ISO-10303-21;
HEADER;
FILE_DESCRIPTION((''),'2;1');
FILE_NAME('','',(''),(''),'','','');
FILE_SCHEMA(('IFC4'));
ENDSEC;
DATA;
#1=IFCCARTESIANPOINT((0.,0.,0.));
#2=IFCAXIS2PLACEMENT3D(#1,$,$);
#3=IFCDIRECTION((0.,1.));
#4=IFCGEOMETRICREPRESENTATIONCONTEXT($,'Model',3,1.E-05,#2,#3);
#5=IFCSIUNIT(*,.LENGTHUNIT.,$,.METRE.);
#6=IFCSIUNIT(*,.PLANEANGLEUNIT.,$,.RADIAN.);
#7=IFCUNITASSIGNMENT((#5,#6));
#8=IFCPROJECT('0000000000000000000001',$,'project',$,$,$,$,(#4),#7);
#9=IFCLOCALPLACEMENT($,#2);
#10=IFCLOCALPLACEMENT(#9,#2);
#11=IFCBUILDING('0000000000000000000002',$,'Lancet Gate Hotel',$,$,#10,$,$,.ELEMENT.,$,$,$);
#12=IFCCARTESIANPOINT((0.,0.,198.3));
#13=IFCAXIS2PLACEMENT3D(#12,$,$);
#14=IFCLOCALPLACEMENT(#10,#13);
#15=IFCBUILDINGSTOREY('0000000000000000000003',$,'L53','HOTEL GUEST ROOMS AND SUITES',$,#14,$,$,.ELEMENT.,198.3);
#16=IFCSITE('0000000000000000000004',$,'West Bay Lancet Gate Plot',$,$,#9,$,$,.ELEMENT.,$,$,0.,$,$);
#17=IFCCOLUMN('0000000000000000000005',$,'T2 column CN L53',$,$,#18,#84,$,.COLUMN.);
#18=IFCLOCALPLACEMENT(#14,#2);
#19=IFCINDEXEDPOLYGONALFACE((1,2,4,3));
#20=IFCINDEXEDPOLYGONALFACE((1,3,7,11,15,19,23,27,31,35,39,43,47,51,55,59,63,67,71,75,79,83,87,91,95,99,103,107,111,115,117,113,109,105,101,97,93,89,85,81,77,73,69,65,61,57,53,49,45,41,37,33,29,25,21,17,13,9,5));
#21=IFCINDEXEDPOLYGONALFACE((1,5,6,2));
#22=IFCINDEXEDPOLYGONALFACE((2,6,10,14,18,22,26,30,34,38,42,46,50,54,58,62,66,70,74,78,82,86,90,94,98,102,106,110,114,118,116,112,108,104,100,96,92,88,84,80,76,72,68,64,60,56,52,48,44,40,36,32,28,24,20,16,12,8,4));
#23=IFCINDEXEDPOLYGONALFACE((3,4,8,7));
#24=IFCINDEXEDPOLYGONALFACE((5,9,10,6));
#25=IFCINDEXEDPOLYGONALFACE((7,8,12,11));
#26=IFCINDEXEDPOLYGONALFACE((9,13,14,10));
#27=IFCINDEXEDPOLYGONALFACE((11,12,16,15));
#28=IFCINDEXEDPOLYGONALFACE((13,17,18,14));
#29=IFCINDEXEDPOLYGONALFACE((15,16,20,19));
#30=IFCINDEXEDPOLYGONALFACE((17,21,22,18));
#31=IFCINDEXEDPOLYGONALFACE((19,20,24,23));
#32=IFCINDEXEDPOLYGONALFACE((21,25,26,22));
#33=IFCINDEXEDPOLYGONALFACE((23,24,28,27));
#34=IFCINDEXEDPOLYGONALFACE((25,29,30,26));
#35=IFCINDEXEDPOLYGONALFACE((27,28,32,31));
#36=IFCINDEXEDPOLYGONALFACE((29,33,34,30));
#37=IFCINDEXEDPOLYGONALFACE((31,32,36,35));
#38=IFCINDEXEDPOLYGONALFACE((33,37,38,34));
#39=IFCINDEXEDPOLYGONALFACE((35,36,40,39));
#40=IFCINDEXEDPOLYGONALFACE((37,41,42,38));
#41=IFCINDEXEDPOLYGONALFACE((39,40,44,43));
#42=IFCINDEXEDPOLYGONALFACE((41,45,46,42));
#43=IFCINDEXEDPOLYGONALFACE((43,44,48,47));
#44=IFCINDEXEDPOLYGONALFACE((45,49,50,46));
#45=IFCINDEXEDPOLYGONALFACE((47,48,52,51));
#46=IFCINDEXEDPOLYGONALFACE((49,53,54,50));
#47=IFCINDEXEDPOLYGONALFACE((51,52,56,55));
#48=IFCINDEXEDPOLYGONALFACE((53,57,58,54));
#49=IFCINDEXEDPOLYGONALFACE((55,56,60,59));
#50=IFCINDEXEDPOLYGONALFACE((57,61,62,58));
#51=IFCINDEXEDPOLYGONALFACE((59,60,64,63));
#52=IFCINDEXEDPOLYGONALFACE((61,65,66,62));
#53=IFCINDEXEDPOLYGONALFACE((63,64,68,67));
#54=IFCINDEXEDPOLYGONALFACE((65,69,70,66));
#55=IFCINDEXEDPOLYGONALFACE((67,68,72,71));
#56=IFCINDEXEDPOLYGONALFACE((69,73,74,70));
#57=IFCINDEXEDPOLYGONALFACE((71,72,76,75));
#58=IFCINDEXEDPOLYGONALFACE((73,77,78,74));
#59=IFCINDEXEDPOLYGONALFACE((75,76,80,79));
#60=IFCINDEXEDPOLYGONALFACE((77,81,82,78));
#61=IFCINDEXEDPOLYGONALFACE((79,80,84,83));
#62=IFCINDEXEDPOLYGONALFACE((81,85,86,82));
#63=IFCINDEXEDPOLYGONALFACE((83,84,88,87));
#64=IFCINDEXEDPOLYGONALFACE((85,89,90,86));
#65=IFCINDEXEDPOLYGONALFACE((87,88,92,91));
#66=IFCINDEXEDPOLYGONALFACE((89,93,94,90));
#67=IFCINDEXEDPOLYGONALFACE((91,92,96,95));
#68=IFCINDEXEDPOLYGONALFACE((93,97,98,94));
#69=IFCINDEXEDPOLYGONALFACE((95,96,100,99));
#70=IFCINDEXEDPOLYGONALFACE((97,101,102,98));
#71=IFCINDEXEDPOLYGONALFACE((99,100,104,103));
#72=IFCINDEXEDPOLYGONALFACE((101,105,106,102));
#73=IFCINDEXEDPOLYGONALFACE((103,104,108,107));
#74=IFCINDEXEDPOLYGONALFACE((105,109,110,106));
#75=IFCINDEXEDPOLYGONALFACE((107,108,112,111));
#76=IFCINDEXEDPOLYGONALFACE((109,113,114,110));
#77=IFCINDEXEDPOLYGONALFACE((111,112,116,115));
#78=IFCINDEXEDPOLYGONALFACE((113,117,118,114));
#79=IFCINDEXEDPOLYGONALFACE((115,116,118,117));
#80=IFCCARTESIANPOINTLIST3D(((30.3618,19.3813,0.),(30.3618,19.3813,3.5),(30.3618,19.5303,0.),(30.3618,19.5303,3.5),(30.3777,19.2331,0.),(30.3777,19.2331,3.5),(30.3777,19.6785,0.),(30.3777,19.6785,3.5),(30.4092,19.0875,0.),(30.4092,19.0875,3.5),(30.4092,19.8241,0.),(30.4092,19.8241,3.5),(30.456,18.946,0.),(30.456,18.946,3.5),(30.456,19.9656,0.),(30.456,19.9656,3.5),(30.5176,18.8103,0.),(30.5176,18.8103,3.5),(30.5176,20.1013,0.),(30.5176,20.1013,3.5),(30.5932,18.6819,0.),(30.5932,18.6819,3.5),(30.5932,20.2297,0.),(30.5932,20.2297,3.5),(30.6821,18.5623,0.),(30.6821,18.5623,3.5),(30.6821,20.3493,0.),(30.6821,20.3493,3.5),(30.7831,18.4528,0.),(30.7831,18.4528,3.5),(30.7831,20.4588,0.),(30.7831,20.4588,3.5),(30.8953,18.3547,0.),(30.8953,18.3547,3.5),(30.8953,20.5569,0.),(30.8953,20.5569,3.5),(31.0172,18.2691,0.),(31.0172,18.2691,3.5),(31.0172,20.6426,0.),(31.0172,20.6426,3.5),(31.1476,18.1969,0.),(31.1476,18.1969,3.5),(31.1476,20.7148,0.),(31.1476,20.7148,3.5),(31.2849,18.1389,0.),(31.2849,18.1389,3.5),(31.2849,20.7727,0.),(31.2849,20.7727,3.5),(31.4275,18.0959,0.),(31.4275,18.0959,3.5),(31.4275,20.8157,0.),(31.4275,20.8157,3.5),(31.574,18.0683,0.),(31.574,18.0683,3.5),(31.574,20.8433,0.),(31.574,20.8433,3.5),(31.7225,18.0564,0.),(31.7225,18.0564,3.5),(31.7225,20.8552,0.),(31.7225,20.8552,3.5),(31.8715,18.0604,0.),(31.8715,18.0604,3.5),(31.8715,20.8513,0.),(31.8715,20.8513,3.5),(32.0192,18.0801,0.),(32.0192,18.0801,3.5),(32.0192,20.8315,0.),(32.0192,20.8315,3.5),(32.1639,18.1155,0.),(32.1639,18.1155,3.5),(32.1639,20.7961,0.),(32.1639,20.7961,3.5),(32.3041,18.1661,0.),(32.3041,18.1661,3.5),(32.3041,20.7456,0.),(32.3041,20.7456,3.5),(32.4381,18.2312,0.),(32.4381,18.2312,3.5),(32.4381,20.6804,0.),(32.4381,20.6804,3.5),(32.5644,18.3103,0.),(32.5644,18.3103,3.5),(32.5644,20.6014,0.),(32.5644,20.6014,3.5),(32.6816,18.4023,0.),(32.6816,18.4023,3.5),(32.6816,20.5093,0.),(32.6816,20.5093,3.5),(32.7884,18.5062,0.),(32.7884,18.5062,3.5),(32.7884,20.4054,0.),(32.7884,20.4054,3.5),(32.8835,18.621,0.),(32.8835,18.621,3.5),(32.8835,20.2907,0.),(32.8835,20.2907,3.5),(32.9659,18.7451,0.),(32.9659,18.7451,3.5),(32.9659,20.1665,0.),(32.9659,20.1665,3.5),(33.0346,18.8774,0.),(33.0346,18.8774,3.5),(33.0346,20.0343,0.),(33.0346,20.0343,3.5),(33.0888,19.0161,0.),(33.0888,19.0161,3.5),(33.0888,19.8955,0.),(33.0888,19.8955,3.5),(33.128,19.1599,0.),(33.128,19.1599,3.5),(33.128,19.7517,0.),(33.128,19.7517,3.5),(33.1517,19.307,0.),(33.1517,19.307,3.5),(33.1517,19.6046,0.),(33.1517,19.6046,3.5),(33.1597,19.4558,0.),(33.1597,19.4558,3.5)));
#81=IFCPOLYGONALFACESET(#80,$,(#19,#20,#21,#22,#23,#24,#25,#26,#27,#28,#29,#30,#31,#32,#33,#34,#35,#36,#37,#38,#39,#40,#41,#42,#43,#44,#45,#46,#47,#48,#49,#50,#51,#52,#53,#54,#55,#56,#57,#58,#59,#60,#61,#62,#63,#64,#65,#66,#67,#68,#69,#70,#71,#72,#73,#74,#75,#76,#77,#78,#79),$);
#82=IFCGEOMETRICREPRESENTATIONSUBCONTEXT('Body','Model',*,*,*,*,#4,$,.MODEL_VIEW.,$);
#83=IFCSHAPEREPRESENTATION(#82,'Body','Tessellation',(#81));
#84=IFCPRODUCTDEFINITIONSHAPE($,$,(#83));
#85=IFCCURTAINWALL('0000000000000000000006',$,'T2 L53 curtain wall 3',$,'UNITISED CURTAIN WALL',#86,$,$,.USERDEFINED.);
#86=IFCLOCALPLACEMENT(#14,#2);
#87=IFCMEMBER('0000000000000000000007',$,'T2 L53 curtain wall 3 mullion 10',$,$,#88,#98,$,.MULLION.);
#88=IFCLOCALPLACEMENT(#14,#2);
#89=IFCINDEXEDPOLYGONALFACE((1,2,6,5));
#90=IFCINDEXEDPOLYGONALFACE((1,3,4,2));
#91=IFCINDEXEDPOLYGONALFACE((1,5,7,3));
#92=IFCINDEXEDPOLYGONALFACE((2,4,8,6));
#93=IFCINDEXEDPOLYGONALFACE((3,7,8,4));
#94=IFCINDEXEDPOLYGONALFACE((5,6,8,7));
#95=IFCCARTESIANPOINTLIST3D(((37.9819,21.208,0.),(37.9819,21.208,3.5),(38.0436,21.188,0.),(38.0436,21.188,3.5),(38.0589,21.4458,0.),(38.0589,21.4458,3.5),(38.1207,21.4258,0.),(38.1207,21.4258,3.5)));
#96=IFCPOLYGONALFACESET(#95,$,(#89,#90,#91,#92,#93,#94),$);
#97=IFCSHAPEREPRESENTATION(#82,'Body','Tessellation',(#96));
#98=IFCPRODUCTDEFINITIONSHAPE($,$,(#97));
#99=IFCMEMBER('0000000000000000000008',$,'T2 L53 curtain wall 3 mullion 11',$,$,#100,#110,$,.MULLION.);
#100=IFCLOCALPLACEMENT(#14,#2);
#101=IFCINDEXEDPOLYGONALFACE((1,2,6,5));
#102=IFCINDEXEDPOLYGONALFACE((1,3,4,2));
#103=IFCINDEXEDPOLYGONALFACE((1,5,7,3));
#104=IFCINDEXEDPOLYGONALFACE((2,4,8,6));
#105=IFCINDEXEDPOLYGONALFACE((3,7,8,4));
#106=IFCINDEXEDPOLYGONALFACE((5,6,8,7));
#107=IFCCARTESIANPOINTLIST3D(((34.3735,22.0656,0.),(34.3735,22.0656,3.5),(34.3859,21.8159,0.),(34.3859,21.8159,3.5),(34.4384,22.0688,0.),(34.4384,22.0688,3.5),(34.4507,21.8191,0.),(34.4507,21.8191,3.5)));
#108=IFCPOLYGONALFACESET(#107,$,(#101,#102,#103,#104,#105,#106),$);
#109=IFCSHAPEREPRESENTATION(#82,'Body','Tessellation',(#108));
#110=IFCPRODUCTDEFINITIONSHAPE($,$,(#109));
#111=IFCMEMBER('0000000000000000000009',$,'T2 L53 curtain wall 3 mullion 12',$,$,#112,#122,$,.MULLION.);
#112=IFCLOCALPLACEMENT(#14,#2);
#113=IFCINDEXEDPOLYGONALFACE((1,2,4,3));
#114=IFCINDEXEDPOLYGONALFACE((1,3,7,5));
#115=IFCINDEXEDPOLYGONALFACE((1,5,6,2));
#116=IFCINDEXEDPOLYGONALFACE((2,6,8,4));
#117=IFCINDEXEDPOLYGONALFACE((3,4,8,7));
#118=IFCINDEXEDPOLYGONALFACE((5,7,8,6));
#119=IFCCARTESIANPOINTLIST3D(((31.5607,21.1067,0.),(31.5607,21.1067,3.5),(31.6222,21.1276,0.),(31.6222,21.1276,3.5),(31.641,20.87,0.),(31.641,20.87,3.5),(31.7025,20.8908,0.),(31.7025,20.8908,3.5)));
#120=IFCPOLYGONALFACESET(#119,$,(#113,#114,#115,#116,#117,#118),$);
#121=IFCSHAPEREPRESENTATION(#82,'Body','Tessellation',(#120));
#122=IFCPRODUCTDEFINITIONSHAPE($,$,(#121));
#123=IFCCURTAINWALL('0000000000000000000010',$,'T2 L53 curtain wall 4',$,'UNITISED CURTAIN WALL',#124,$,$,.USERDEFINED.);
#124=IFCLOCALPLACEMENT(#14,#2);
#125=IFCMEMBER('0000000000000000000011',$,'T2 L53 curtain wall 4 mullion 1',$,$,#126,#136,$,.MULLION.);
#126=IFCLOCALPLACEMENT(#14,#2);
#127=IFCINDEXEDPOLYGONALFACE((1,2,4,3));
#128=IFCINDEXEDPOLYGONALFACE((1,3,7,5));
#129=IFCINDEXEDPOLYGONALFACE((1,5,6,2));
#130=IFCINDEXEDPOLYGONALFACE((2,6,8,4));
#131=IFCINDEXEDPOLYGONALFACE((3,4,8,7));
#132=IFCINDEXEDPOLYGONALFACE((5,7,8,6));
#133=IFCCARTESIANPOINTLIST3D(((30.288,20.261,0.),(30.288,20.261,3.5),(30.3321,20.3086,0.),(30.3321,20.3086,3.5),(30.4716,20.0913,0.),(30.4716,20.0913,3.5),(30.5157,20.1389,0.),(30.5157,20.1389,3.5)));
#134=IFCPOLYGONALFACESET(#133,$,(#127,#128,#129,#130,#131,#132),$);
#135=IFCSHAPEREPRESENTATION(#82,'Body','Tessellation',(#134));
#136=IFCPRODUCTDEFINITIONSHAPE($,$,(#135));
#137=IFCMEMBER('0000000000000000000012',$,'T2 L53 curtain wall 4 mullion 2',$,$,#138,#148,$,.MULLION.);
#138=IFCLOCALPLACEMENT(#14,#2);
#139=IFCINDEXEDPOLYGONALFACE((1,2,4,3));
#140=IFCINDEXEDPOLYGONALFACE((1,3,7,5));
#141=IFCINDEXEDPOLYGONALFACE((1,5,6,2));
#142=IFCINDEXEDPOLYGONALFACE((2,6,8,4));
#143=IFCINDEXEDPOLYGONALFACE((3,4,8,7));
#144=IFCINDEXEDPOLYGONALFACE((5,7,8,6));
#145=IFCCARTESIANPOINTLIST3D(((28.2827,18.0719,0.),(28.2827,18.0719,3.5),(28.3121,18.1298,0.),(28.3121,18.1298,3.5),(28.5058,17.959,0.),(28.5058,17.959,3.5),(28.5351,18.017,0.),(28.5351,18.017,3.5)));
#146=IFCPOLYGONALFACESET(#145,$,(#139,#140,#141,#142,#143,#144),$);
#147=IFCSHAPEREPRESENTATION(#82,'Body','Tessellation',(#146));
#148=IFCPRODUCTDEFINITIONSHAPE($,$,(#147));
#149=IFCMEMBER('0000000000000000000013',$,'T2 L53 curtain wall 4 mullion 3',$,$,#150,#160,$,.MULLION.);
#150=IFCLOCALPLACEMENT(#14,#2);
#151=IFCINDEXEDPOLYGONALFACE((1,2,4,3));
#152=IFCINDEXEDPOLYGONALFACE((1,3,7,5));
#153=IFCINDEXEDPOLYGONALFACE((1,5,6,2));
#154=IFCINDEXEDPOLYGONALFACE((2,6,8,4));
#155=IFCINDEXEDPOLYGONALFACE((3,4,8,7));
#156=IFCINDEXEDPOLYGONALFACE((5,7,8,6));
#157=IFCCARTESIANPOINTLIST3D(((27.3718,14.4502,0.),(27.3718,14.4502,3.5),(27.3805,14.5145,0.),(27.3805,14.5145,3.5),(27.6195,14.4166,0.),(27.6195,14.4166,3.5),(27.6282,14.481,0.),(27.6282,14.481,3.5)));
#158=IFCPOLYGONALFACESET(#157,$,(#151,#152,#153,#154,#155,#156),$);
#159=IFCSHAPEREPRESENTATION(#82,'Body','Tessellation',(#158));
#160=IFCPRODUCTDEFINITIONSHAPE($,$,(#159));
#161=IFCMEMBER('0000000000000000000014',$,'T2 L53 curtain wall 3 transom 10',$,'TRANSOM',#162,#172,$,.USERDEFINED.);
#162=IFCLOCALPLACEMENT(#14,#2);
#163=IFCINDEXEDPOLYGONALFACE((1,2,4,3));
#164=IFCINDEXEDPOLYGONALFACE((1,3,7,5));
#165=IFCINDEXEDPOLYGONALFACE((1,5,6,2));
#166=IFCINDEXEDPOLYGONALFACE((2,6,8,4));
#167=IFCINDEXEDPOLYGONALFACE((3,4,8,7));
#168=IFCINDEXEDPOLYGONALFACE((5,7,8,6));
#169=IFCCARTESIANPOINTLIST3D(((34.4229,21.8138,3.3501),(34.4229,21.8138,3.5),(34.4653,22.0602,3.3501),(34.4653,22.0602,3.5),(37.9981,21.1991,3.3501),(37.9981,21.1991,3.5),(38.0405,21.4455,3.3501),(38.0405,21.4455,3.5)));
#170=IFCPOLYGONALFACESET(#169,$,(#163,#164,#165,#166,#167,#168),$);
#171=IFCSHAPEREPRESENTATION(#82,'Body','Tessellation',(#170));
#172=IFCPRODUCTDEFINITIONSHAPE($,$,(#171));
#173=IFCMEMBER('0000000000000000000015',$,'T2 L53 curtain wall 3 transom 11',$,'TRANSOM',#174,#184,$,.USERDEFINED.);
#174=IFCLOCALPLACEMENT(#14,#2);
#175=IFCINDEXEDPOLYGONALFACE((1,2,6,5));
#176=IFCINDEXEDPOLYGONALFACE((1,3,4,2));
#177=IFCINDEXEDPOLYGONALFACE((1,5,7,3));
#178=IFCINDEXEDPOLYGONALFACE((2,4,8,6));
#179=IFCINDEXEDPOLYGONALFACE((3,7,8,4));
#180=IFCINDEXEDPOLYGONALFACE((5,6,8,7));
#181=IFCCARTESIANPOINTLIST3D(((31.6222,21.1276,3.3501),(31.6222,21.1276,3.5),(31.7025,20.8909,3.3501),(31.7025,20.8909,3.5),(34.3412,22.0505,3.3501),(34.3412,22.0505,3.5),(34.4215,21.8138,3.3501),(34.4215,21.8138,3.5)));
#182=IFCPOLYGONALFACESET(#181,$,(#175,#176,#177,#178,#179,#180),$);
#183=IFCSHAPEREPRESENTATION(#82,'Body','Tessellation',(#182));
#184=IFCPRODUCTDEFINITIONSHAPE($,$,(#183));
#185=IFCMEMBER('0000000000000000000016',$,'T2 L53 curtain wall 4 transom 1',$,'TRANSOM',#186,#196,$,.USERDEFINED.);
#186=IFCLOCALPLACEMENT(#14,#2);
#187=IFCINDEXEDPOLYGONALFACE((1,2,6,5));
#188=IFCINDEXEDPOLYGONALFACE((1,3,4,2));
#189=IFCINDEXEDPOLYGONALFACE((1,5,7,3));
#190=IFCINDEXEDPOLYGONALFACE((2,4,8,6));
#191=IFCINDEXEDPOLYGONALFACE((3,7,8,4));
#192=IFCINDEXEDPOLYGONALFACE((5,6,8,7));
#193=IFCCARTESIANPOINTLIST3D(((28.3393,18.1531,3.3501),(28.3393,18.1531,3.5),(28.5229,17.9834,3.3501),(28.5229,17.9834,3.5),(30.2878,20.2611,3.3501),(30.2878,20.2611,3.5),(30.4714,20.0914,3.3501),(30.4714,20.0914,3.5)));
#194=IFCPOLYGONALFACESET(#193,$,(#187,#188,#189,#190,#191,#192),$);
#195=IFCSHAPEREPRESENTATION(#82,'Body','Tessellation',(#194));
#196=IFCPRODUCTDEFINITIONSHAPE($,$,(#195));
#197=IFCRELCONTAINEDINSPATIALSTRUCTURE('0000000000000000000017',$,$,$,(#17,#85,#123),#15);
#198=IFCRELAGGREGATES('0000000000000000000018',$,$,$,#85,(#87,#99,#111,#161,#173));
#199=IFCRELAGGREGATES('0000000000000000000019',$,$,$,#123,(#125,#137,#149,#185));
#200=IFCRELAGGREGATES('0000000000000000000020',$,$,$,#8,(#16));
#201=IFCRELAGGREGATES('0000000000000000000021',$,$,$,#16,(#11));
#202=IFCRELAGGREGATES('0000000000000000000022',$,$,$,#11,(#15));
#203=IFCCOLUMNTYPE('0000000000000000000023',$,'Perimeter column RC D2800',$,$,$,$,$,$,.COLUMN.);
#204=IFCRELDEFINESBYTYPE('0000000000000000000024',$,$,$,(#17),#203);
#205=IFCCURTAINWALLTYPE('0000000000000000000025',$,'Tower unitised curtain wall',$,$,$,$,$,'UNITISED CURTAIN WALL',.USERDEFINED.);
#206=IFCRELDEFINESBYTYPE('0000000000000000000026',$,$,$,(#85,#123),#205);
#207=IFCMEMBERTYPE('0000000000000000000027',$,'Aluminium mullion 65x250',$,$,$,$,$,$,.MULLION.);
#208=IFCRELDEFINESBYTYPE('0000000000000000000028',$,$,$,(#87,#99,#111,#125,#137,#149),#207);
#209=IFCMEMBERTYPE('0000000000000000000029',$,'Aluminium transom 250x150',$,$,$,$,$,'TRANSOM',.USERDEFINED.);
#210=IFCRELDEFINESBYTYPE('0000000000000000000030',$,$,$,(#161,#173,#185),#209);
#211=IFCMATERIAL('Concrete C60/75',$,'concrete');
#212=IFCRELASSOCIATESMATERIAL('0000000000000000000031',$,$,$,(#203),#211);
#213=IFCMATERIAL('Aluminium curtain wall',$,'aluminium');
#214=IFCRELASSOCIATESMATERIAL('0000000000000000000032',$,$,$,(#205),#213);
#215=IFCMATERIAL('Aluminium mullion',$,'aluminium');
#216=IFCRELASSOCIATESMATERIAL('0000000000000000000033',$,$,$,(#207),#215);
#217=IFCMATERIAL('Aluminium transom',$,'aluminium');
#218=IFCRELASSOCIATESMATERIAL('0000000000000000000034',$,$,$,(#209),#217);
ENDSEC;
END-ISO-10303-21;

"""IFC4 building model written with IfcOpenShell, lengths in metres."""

from ifc_helpers import new_model, si_unit, direction, frame, origin, origin_2d, place, context, subcontext, project, spatial, rectangle, circle, extrude, material, material_profile, profile_set, type_object, element, aggregate, save


model = new_model("IFC4")

# Units and contexts
model_context = context("Model", 3, precision=1e-05, world=origin(), true_north=direction((0.0, 1.0)))
body_context = subcontext(model_context, "Body", "Model", "MODEL_VIEW")
ifc_project = project(units=[si_unit("LENGTHUNIT", "METRE"), si_unit("PLANEANGLEUNIT", "RADIAN")], contexts=[model_context])

# Site, building, storey
site_placement = place(None, origin())
site = spatial("IfcSite", under=ifc_project, at=site_placement, Name="West Bay Lancet Gate Plot", CompositionType="ELEMENT", RefElevation=0.0)
building_placement = place(site_placement, origin())
building = spatial("IfcBuilding", under=site, at=building_placement, Name="Lancet Gate Hotel", CompositionType="ELEMENT")
storey_placement = place(building_placement, frame((0.0, 0.0, 198.3)))
storey = spatial("IfcBuildingStorey", under=building, at=storey_placement, Name="L53", Description="HOTEL GUEST ROOMS AND SUITES", CompositionType="ELEMENT", Elevation=198.3)

# Column
ifc_material_1 = material(Name="Concrete C60/75", Category="concrete")
ifc_material_profile_1 = material_profile(ifc_material_1, circle(Radius=1.3999, at=origin_2d()), Name="RC D2800")
ifc_profile_set_1 = profile_set([ifc_material_profile_1], Name="Concrete C60/75")
column_type = type_object("IfcColumnType", Name="Perimeter column RC D2800", PredefinedType="COLUMN", material=ifc_profile_set_1)
column_placement = place(storey_placement, frame((31.7598, 19.4558, 0.0), z_axis=(0.0, 0.0, 1.0), x_axis=(1.0, 0.0, 0.0)))
element("IfcColumn", 1, at=column_placement, inside=storey, type_object=column_type, Name="T2 column CN L53", PredefinedType="COLUMN", context=body_context, shape_type="SweptSolid", body=[
    extrude(circle(Radius=1.3999, at=origin_2d()), origin(), (0.0, 0.0, 1.0), 3.5),
])

# Curtain walls, members
ifc_material_2 = material(Name="Aluminium curtain wall", Category="aluminium")
curtain_wall_type = type_object("IfcCurtainWallType", Name="Tower unitised curtain wall", ElementType="UNITISED CURTAIN WALL", PredefinedType="USERDEFINED", material=ifc_material_2)
curtain_wall_1_placement = place(storey_placement, origin())
curtain_wall_1 = element("IfcCurtainWall", 2, at=curtain_wall_1_placement, inside=storey, type_object=curtain_wall_type, Name="T2 L53 curtain wall 3", ObjectType="UNITISED CURTAIN WALL", PredefinedType="USERDEFINED")
ifc_material_3 = material(Name="Aluminium mullion", Category="aluminium")
ifc_material_profile_2 = material_profile(ifc_material_3, rectangle(XDim=0.0649, YDim=0.25, at=origin_2d()), Name="MULLION 65x250")
ifc_profile_set_2 = profile_set([ifc_material_profile_2], Name="Aluminium mullion")
member_type_1 = type_object("IfcMemberType", Name="Aluminium mullion 65x250", PredefinedType="MULLION", material=ifc_profile_set_2)
member_1_placement = place(storey_placement, frame((38.0513, 21.3169, 0.0), z_axis=(0.0, 0.0, 1.0), x_axis=(-0.951355, 0.308095, 0.0)))
member_1 = element("IfcMember", 3, at=member_1_placement, type_object=member_type_1, Name="T2 L53 curtain wall 3 mullion 10", PredefinedType="MULLION", context=body_context, shape_type="SweptSolid", body=[
    extrude(rectangle(XDim=0.0649, YDim=0.25, at=origin_2d()), origin(), (0.0, 0.0, 1.0), 3.5),
])
member_2_placement = place(storey_placement, frame((34.4121, 21.9424, 0.0), z_axis=(0.0, 0.0, 1.0), x_axis=(-0.998776, -0.049471, 0.0)))
member_2 = element("IfcMember", 4, at=member_2_placement, type_object=member_type_1, Name="T2 L53 curtain wall 3 mullion 11", PredefinedType="MULLION", context=body_context, shape_type="SweptSolid", body=[
    extrude(rectangle(XDim=0.0649, YDim=0.25, at=origin_2d()), origin(), (0.0, 0.0, 1.0), 3.5),
])
member_3_placement = place(storey_placement, frame((31.6316, 20.9988, 0.0), z_axis=(0.0, 0.0, 1.0), x_axis=(-0.946952, -0.321374, 0.0)))
member_3 = element("IfcMember", 5, at=member_3_placement, type_object=member_type_1, Name="T2 L53 curtain wall 3 mullion 12", PredefinedType="MULLION", context=body_context, shape_type="SweptSolid", body=[
    extrude(rectangle(XDim=0.0649, YDim=0.25, at=origin_2d()), origin(), (0.0, 0.0, 1.0), 3.5),
])
curtain_wall_2_placement = place(storey_placement, origin())
curtain_wall_2 = element("IfcCurtainWall", 6, at=curtain_wall_2_placement, inside=storey, type_object=curtain_wall_type, Name="T2 L53 curtain wall 4", ObjectType="UNITISED CURTAIN WALL", PredefinedType="USERDEFINED")
member_4_placement = place(storey_placement, frame((30.4019, 20.2, 0.0), z_axis=(0.0, 0.0, 1.0), x_axis=(-0.678831, -0.734294, 0.0)))
member_4 = element("IfcMember", 7, at=member_4_placement, type_object=member_type_1, Name="T2 L53 curtain wall 4 mullion 1", PredefinedType="MULLION", context=body_context, shape_type="SweptSolid", body=[
    extrude(rectangle(XDim=0.0649, YDim=0.25, at=origin_2d()), origin(), (0.0, 0.0, 1.0), 3.5),
])
member_5_placement = place(storey_placement, frame((28.4089, 18.0444, 0.0), z_axis=(0.0, 0.0, 1.0), x_axis=(-0.451506, -0.892268, 0.0)))
member_5 = element("IfcMember", 8, at=member_5_placement, type_object=member_type_1, Name="T2 L53 curtain wall 4 mullion 2", PredefinedType="MULLION", context=body_context, shape_type="SweptSolid", body=[
    extrude(rectangle(XDim=0.0649, YDim=0.25, at=origin_2d()), origin(), (0.0, 0.0, 1.0), 3.5),
])
member_6_placement = place(storey_placement, frame((27.5, 14.4656, 0.0), z_axis=(0.0, 0.0, 1.0), x_axis=(-0.134207, -0.990953, 0.0)))
member_6 = element("IfcMember", 9, at=member_6_placement, type_object=member_type_1, Name="T2 L53 curtain wall 4 mullion 3", PredefinedType="MULLION", context=body_context, shape_type="SweptSolid", body=[
    extrude(rectangle(XDim=0.0649, YDim=0.25, at=origin_2d()), origin(), (0.0, 0.0, 1.0), 3.5),
])

# Members
ifc_material_4 = material(Name="Aluminium transom", Category="aluminium")
ifc_material_profile_3 = material_profile(ifc_material_4, rectangle(XDim=0.25, YDim=0.1499, at=origin_2d()), Name="TRANSOM 250x150")
ifc_profile_set_3 = profile_set([ifc_material_profile_3], Name="Aluminium transom")
member_type_2 = type_object("IfcMemberType", Name="Aluminium transom 250x150", ElementType="TRANSOM", PredefinedType="USERDEFINED", material=ifc_profile_set_3)
member_7_placement = place(storey_placement, frame((38.0193, 21.3223, 3.425), z_axis=(-0.985537, 0.169461, 0.0), x_axis=(-0.169461, -0.985537, 0.0)))
member_7 = element("IfcMember", 10, at=member_7_placement, type_object=member_type_2, Name="T2 L53 curtain wall 3 transom 10", ObjectType="TRANSOM", PredefinedType="USERDEFINED", context=body_context, shape_type="SweptSolid", body=[
    extrude(rectangle(XDim=0.25, YDim=0.1499, at=origin_2d()), origin(), (0.0, 0.0, 1.0), 3.6277),
])
member_8_placement = place(storey_placement, frame((34.3813, 21.9321, 3.425), z_axis=(-0.946943, -0.321401, 0.0), x_axis=(0.321401, -0.946943, 0.0)))
member_8 = element("IfcMember", 11, at=member_8_placement, type_object=member_type_2, Name="T2 L53 curtain wall 3 transom 11", ObjectType="TRANSOM", PredefinedType="USERDEFINED", context=body_context, shape_type="SweptSolid", body=[
    extrude(rectangle(XDim=0.25, YDim=0.1499, at=origin_2d()), origin(), (0.0, 0.0, 1.0), 2.8713),
])
member_9_placement = place(storey_placement, frame((30.3796, 20.1763, 3.425), z_axis=(-0.678792, -0.73433, 0.0), x_axis=(0.73433, -0.678792, 0.0)))
member_9 = element("IfcMember", 12, at=member_9_placement, type_object=member_type_2, Name="T2 L53 curtain wall 4 transom 1", ObjectType="TRANSOM", PredefinedType="USERDEFINED", context=body_context, shape_type="SweptSolid", body=[
    extrude(rectangle(XDim=0.25, YDim=0.1499, at=origin_2d()), origin(), (0.0, 0.0, 1.0), 2.8706),
])

aggregate(curtain_wall_1, [member_1, member_2, member_3, member_7, member_8])
aggregate(curtain_wall_2, [member_4, member_5, member_6, member_9])

save(model, "model.ifc")
